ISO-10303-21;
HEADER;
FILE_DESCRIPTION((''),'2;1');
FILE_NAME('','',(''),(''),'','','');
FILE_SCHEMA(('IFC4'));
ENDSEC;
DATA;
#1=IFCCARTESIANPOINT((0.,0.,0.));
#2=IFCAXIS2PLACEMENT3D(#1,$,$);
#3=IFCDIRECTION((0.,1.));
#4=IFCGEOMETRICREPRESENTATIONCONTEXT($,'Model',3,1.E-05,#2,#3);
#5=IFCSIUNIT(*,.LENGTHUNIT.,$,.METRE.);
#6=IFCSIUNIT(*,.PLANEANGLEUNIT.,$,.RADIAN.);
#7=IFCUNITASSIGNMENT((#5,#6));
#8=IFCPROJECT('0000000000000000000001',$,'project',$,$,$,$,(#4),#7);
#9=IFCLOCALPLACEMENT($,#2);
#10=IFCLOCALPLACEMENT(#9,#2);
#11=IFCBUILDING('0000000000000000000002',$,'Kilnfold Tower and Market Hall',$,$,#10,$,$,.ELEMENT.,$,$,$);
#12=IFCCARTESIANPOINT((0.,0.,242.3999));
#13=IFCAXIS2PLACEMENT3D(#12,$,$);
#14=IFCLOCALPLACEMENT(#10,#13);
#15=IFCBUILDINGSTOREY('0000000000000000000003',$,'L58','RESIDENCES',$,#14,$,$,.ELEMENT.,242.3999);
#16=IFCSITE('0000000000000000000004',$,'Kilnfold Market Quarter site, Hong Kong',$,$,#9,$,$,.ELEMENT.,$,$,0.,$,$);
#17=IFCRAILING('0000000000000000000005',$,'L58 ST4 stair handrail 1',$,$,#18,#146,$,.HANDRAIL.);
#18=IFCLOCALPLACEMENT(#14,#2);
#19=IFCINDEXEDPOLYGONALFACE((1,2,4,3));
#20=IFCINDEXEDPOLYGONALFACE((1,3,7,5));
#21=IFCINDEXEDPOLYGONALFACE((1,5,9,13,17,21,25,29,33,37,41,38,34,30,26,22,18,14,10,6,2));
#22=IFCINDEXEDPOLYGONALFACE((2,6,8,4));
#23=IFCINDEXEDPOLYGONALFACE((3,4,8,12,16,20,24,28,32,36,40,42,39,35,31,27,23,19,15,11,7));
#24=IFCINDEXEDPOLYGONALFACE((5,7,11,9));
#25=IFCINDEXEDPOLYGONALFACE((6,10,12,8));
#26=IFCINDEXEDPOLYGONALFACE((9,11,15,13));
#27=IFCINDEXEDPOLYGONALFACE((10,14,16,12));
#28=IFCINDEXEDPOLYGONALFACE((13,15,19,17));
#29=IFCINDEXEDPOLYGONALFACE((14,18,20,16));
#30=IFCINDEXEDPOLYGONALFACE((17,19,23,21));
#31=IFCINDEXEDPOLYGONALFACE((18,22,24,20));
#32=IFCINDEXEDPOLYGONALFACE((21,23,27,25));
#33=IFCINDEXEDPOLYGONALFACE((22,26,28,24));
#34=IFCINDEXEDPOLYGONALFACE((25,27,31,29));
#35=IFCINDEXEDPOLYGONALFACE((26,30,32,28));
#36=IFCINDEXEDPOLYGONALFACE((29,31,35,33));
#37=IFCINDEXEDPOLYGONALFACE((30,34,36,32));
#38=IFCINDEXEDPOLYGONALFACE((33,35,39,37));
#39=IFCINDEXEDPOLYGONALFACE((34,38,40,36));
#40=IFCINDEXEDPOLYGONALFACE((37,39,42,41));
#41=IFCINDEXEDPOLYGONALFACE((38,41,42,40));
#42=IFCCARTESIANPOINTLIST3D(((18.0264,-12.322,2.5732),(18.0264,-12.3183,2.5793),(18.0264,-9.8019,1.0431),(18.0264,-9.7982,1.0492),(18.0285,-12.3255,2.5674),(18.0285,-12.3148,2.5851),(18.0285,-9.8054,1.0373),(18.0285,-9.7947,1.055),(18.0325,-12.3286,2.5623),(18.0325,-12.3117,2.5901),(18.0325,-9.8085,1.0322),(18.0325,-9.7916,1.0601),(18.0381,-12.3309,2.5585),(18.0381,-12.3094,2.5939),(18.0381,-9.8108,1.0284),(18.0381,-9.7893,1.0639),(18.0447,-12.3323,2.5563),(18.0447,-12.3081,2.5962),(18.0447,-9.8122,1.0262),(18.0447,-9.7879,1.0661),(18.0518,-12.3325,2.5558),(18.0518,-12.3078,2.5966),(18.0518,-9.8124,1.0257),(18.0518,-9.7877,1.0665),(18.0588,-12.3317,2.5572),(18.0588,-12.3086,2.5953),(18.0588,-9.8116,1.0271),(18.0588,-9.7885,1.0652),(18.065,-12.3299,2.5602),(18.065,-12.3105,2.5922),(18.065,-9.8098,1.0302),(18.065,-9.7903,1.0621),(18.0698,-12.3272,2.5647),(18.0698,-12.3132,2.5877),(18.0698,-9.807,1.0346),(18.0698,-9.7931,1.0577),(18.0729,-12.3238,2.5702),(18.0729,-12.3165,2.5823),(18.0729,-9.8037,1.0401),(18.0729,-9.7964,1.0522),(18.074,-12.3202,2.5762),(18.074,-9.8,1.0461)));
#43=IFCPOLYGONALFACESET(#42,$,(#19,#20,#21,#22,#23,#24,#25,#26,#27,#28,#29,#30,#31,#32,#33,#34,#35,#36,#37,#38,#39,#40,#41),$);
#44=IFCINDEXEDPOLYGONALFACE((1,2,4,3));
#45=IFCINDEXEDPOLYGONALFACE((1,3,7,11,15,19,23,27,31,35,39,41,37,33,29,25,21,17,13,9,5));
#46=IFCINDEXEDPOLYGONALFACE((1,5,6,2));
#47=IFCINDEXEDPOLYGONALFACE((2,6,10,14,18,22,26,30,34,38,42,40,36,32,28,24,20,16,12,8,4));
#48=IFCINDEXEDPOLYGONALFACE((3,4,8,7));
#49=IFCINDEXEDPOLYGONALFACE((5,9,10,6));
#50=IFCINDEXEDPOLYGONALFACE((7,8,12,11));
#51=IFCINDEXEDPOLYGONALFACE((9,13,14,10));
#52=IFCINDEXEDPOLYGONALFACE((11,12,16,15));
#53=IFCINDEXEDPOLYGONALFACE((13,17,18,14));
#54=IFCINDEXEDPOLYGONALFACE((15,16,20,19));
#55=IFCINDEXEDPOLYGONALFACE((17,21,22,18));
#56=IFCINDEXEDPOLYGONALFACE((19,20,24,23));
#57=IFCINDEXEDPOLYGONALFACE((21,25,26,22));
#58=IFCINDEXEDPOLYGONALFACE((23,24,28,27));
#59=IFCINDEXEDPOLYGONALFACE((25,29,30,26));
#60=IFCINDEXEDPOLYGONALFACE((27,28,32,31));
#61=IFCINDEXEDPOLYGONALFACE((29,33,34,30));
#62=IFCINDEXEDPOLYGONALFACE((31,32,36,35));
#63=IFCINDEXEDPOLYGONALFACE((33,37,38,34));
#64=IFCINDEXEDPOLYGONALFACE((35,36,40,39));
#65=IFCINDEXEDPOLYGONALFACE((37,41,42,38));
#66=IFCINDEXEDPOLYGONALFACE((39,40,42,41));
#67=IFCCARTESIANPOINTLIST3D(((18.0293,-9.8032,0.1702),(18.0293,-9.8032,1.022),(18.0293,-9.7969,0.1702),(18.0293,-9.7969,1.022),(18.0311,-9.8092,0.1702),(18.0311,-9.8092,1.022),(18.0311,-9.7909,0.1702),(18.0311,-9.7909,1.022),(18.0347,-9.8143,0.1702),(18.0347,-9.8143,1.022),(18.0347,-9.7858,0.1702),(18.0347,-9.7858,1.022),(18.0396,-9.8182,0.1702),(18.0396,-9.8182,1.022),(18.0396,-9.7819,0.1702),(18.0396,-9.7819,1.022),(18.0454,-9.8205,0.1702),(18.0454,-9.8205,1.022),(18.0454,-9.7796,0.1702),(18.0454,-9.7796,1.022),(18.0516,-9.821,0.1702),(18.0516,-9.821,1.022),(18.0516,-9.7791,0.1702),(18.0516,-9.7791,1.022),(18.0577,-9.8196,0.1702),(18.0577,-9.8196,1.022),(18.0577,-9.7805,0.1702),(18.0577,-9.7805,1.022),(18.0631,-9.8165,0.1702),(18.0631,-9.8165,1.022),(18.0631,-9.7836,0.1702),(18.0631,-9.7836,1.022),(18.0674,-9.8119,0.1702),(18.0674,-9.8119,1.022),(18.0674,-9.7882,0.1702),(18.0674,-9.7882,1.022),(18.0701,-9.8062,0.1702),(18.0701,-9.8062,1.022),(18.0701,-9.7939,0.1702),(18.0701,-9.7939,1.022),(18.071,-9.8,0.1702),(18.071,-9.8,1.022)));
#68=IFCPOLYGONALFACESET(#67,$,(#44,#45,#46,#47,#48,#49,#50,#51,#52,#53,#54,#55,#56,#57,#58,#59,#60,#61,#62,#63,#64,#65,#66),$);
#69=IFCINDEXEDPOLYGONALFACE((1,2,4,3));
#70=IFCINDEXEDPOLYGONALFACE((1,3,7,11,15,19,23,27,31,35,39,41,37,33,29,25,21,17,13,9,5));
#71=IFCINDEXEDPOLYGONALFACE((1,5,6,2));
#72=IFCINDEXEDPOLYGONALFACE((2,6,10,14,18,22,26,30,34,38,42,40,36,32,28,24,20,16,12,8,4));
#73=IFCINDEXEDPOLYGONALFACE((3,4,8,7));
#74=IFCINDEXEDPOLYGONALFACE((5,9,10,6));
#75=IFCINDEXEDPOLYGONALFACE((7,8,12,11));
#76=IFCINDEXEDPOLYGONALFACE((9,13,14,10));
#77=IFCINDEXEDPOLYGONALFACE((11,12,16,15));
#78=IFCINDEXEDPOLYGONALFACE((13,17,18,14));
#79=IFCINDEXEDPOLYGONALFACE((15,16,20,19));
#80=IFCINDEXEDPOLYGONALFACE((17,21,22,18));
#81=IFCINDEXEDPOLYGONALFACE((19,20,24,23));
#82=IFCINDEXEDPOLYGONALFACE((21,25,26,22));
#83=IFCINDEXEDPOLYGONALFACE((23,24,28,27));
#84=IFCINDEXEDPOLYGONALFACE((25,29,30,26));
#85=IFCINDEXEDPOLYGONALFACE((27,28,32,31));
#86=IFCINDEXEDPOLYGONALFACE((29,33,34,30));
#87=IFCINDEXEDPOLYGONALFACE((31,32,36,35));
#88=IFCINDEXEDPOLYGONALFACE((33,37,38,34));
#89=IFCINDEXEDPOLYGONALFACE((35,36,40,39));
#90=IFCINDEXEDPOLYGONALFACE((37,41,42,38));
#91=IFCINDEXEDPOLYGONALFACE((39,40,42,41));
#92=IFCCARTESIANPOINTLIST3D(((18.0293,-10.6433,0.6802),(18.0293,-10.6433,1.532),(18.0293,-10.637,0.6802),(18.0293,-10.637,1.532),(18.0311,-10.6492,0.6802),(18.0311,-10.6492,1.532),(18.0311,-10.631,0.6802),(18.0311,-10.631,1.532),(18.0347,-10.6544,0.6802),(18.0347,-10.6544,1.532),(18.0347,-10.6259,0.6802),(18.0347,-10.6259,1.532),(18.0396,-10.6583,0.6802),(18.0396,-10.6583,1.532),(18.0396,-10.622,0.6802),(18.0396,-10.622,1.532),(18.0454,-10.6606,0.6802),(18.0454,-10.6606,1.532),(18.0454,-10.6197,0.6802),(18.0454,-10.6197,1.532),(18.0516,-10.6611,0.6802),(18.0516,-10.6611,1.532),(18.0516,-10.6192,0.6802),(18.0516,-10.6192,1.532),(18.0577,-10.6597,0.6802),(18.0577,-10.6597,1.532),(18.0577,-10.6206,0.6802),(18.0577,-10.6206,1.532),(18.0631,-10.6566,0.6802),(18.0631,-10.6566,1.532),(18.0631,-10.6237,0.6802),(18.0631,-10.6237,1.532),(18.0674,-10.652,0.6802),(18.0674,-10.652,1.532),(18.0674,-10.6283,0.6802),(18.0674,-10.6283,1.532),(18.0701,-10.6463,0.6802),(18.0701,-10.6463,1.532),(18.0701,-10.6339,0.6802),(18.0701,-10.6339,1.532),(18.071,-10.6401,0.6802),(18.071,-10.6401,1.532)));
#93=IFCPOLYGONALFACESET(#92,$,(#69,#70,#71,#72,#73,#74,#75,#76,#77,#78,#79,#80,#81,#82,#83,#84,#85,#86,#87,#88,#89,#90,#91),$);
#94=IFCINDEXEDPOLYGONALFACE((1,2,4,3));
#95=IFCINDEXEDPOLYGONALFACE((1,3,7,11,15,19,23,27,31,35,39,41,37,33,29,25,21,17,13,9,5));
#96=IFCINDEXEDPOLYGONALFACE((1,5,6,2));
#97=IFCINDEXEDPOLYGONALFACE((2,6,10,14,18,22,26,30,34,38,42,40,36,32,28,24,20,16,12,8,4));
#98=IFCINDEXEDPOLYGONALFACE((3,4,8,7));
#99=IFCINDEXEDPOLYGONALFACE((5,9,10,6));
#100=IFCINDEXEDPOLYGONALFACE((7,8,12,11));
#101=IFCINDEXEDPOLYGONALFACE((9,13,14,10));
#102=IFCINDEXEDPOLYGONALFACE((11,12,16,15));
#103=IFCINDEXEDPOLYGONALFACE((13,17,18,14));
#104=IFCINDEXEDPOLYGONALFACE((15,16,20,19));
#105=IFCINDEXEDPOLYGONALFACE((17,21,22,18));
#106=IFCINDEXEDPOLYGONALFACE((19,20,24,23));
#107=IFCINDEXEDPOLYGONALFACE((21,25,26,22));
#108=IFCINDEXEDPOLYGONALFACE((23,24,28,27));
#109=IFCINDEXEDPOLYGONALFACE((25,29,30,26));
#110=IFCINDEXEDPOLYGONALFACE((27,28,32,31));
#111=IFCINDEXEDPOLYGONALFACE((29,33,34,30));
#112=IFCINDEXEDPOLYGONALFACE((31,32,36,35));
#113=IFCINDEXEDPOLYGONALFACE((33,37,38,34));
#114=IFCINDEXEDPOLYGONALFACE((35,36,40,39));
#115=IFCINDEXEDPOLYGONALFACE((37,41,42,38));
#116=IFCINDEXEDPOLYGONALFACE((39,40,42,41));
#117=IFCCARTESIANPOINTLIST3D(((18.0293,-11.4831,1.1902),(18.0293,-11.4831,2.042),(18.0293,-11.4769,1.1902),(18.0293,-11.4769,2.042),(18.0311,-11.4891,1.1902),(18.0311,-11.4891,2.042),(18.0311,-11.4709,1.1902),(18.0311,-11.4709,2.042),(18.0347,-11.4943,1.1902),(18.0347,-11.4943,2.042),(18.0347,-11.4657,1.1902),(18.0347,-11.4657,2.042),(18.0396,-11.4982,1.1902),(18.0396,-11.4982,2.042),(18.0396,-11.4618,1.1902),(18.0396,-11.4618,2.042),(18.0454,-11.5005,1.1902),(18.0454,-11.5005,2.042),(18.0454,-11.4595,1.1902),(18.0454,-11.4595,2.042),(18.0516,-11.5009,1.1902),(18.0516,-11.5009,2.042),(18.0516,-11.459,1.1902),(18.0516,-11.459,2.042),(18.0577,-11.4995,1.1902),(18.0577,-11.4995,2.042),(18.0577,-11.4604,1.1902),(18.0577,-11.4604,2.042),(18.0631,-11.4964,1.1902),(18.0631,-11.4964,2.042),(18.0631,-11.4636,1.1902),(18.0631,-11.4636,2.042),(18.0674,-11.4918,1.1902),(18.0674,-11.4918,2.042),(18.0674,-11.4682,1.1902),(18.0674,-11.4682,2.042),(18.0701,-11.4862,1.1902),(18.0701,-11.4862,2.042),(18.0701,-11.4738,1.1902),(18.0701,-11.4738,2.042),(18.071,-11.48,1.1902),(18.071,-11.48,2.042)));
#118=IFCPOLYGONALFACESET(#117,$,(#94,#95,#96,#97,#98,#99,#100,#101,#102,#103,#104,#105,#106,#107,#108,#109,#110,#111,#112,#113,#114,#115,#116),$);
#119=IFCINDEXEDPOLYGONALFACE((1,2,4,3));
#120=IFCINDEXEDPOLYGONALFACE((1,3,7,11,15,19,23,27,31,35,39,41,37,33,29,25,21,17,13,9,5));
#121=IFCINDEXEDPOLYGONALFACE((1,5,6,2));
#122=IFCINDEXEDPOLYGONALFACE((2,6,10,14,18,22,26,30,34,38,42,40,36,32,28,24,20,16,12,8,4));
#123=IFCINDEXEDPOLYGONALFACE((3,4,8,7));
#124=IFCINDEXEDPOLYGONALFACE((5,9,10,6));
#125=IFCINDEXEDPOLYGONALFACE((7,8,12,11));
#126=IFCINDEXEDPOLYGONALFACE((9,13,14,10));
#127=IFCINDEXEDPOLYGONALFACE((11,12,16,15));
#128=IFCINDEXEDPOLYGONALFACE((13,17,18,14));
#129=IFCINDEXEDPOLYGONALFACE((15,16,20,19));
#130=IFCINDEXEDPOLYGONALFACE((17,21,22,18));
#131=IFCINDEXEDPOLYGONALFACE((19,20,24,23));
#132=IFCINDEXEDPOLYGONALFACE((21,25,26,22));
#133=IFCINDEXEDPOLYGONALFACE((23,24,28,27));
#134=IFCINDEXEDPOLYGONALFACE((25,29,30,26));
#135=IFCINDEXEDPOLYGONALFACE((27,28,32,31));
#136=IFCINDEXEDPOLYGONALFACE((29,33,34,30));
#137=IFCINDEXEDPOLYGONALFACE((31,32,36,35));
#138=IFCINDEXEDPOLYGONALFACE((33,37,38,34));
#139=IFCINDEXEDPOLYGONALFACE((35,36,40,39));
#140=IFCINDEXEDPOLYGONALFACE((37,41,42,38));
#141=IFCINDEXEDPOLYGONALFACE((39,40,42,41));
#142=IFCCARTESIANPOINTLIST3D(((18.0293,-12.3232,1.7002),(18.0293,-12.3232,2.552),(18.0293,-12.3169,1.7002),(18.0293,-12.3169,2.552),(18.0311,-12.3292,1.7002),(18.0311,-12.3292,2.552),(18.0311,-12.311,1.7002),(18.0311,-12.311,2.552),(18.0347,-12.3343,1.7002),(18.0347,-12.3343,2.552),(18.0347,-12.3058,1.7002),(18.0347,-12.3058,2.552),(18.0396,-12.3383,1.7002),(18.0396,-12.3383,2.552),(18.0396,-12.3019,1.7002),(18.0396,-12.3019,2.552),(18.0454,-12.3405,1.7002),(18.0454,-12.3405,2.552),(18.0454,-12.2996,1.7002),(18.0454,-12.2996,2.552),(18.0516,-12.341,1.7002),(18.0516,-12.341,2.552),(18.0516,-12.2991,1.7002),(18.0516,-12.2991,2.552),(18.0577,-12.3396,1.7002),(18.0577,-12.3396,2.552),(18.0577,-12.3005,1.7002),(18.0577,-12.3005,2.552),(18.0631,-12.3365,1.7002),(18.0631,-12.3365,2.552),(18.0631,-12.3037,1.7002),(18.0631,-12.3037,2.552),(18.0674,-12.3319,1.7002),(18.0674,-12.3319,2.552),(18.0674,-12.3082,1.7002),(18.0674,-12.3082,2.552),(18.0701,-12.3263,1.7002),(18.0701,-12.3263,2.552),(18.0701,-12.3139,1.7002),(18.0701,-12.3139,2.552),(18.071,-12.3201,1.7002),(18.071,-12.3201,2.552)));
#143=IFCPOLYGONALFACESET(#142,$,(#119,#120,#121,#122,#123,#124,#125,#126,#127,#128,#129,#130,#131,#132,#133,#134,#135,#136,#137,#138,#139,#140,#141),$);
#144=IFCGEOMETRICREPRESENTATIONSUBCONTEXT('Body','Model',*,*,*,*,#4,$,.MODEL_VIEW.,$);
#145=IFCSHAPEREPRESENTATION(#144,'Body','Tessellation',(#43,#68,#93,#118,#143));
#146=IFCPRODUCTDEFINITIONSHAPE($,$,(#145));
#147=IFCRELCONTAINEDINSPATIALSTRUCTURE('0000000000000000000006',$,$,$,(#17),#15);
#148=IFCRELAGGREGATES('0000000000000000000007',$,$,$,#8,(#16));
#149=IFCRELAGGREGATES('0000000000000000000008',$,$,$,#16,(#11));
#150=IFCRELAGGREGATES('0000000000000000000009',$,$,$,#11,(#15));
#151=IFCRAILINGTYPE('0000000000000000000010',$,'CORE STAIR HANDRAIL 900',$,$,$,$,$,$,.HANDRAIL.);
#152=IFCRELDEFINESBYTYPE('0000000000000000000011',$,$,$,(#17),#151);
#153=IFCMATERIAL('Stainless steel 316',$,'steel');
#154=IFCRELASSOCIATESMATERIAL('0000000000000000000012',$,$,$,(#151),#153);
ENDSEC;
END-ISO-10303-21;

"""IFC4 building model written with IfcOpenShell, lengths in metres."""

from ifc_helpers import new_model, si_unit, direction, frame, origin, origin_2d, place, context, subcontext, project, spatial, circle, extrude, material, type_object, element, save


model = new_model("IFC4")

# Units and contexts
model_context = context("Model", 3, precision=1e-05, world=origin(), true_north=direction((0.0, 1.0)))
body_context = subcontext(model_context, "Body", "Model", "MODEL_VIEW")
ifc_project = project(units=[si_unit("LENGTHUNIT", "METRE"), si_unit("PLANEANGLEUNIT", "RADIAN")], contexts=[model_context])

# Site, building, storey
site_placement = place(None, origin())
site = spatial("IfcSite", under=ifc_project, at=site_placement, Name="Kilnfold Market Quarter site, Hong Kong", CompositionType="ELEMENT", RefElevation=0.0)
building_placement = place(site_placement, origin())
building = spatial("IfcBuilding", under=site, at=building_placement, Name="Kilnfold Tower and Market Hall", CompositionType="ELEMENT")
storey_placement = place(building_placement, frame((0.0, 0.0, 242.3999)))
storey = spatial("IfcBuildingStorey", under=building, at=storey_placement, Name="L58", Description="RESIDENCES", CompositionType="ELEMENT", Elevation=242.3999)

# Railing
ifc_material_1 = material(Name="Stainless steel 316", Category="steel")
railing_type_1 = type_object("IfcRailingType", Name="CORE STAIR HANDRAIL 900", PredefinedType="HANDRAIL", material=ifc_material_1)
railing_1_placement = place(storey_placement, frame((18.05, -9.8, 0.1702)))
element("IfcRailing", 1, at=railing_1_placement, inside=storey, type_object=railing_type_1, Name="L58 ST4 stair handrail 1", PredefinedType="HANDRAIL", context=body_context, shape_type="SweptSolid", body=[
    extrude(circle(Radius=0.0239, at=origin_2d()), frame((0.0, 0.0, 0.876), z_axis=(0.0, -0.854785, 0.518982), x_axis=(1.0, 0.0, 0.0)), (0.0, 0.0, 1.0), 2.9482),
    extrude(circle(Radius=0.021, at=origin_2d()), origin(), (0.0, 0.0, 1.0), 0.8518),
    extrude(circle(Radius=0.021, at=origin_2d()), frame((0.0, -0.8401, 0.51)), (0.0, 0.0, 1.0), 0.8518),
    extrude(circle(Radius=0.021, at=origin_2d()), frame((0.0, -1.6799, 1.02)), (0.0, 0.0, 1.0), 0.8518),
    extrude(circle(Radius=0.021, at=origin_2d()), frame((0.0, -2.52, 1.53)), (0.0, 0.0, 1.0), 0.8518),
])

save(model, "model.ifc")
